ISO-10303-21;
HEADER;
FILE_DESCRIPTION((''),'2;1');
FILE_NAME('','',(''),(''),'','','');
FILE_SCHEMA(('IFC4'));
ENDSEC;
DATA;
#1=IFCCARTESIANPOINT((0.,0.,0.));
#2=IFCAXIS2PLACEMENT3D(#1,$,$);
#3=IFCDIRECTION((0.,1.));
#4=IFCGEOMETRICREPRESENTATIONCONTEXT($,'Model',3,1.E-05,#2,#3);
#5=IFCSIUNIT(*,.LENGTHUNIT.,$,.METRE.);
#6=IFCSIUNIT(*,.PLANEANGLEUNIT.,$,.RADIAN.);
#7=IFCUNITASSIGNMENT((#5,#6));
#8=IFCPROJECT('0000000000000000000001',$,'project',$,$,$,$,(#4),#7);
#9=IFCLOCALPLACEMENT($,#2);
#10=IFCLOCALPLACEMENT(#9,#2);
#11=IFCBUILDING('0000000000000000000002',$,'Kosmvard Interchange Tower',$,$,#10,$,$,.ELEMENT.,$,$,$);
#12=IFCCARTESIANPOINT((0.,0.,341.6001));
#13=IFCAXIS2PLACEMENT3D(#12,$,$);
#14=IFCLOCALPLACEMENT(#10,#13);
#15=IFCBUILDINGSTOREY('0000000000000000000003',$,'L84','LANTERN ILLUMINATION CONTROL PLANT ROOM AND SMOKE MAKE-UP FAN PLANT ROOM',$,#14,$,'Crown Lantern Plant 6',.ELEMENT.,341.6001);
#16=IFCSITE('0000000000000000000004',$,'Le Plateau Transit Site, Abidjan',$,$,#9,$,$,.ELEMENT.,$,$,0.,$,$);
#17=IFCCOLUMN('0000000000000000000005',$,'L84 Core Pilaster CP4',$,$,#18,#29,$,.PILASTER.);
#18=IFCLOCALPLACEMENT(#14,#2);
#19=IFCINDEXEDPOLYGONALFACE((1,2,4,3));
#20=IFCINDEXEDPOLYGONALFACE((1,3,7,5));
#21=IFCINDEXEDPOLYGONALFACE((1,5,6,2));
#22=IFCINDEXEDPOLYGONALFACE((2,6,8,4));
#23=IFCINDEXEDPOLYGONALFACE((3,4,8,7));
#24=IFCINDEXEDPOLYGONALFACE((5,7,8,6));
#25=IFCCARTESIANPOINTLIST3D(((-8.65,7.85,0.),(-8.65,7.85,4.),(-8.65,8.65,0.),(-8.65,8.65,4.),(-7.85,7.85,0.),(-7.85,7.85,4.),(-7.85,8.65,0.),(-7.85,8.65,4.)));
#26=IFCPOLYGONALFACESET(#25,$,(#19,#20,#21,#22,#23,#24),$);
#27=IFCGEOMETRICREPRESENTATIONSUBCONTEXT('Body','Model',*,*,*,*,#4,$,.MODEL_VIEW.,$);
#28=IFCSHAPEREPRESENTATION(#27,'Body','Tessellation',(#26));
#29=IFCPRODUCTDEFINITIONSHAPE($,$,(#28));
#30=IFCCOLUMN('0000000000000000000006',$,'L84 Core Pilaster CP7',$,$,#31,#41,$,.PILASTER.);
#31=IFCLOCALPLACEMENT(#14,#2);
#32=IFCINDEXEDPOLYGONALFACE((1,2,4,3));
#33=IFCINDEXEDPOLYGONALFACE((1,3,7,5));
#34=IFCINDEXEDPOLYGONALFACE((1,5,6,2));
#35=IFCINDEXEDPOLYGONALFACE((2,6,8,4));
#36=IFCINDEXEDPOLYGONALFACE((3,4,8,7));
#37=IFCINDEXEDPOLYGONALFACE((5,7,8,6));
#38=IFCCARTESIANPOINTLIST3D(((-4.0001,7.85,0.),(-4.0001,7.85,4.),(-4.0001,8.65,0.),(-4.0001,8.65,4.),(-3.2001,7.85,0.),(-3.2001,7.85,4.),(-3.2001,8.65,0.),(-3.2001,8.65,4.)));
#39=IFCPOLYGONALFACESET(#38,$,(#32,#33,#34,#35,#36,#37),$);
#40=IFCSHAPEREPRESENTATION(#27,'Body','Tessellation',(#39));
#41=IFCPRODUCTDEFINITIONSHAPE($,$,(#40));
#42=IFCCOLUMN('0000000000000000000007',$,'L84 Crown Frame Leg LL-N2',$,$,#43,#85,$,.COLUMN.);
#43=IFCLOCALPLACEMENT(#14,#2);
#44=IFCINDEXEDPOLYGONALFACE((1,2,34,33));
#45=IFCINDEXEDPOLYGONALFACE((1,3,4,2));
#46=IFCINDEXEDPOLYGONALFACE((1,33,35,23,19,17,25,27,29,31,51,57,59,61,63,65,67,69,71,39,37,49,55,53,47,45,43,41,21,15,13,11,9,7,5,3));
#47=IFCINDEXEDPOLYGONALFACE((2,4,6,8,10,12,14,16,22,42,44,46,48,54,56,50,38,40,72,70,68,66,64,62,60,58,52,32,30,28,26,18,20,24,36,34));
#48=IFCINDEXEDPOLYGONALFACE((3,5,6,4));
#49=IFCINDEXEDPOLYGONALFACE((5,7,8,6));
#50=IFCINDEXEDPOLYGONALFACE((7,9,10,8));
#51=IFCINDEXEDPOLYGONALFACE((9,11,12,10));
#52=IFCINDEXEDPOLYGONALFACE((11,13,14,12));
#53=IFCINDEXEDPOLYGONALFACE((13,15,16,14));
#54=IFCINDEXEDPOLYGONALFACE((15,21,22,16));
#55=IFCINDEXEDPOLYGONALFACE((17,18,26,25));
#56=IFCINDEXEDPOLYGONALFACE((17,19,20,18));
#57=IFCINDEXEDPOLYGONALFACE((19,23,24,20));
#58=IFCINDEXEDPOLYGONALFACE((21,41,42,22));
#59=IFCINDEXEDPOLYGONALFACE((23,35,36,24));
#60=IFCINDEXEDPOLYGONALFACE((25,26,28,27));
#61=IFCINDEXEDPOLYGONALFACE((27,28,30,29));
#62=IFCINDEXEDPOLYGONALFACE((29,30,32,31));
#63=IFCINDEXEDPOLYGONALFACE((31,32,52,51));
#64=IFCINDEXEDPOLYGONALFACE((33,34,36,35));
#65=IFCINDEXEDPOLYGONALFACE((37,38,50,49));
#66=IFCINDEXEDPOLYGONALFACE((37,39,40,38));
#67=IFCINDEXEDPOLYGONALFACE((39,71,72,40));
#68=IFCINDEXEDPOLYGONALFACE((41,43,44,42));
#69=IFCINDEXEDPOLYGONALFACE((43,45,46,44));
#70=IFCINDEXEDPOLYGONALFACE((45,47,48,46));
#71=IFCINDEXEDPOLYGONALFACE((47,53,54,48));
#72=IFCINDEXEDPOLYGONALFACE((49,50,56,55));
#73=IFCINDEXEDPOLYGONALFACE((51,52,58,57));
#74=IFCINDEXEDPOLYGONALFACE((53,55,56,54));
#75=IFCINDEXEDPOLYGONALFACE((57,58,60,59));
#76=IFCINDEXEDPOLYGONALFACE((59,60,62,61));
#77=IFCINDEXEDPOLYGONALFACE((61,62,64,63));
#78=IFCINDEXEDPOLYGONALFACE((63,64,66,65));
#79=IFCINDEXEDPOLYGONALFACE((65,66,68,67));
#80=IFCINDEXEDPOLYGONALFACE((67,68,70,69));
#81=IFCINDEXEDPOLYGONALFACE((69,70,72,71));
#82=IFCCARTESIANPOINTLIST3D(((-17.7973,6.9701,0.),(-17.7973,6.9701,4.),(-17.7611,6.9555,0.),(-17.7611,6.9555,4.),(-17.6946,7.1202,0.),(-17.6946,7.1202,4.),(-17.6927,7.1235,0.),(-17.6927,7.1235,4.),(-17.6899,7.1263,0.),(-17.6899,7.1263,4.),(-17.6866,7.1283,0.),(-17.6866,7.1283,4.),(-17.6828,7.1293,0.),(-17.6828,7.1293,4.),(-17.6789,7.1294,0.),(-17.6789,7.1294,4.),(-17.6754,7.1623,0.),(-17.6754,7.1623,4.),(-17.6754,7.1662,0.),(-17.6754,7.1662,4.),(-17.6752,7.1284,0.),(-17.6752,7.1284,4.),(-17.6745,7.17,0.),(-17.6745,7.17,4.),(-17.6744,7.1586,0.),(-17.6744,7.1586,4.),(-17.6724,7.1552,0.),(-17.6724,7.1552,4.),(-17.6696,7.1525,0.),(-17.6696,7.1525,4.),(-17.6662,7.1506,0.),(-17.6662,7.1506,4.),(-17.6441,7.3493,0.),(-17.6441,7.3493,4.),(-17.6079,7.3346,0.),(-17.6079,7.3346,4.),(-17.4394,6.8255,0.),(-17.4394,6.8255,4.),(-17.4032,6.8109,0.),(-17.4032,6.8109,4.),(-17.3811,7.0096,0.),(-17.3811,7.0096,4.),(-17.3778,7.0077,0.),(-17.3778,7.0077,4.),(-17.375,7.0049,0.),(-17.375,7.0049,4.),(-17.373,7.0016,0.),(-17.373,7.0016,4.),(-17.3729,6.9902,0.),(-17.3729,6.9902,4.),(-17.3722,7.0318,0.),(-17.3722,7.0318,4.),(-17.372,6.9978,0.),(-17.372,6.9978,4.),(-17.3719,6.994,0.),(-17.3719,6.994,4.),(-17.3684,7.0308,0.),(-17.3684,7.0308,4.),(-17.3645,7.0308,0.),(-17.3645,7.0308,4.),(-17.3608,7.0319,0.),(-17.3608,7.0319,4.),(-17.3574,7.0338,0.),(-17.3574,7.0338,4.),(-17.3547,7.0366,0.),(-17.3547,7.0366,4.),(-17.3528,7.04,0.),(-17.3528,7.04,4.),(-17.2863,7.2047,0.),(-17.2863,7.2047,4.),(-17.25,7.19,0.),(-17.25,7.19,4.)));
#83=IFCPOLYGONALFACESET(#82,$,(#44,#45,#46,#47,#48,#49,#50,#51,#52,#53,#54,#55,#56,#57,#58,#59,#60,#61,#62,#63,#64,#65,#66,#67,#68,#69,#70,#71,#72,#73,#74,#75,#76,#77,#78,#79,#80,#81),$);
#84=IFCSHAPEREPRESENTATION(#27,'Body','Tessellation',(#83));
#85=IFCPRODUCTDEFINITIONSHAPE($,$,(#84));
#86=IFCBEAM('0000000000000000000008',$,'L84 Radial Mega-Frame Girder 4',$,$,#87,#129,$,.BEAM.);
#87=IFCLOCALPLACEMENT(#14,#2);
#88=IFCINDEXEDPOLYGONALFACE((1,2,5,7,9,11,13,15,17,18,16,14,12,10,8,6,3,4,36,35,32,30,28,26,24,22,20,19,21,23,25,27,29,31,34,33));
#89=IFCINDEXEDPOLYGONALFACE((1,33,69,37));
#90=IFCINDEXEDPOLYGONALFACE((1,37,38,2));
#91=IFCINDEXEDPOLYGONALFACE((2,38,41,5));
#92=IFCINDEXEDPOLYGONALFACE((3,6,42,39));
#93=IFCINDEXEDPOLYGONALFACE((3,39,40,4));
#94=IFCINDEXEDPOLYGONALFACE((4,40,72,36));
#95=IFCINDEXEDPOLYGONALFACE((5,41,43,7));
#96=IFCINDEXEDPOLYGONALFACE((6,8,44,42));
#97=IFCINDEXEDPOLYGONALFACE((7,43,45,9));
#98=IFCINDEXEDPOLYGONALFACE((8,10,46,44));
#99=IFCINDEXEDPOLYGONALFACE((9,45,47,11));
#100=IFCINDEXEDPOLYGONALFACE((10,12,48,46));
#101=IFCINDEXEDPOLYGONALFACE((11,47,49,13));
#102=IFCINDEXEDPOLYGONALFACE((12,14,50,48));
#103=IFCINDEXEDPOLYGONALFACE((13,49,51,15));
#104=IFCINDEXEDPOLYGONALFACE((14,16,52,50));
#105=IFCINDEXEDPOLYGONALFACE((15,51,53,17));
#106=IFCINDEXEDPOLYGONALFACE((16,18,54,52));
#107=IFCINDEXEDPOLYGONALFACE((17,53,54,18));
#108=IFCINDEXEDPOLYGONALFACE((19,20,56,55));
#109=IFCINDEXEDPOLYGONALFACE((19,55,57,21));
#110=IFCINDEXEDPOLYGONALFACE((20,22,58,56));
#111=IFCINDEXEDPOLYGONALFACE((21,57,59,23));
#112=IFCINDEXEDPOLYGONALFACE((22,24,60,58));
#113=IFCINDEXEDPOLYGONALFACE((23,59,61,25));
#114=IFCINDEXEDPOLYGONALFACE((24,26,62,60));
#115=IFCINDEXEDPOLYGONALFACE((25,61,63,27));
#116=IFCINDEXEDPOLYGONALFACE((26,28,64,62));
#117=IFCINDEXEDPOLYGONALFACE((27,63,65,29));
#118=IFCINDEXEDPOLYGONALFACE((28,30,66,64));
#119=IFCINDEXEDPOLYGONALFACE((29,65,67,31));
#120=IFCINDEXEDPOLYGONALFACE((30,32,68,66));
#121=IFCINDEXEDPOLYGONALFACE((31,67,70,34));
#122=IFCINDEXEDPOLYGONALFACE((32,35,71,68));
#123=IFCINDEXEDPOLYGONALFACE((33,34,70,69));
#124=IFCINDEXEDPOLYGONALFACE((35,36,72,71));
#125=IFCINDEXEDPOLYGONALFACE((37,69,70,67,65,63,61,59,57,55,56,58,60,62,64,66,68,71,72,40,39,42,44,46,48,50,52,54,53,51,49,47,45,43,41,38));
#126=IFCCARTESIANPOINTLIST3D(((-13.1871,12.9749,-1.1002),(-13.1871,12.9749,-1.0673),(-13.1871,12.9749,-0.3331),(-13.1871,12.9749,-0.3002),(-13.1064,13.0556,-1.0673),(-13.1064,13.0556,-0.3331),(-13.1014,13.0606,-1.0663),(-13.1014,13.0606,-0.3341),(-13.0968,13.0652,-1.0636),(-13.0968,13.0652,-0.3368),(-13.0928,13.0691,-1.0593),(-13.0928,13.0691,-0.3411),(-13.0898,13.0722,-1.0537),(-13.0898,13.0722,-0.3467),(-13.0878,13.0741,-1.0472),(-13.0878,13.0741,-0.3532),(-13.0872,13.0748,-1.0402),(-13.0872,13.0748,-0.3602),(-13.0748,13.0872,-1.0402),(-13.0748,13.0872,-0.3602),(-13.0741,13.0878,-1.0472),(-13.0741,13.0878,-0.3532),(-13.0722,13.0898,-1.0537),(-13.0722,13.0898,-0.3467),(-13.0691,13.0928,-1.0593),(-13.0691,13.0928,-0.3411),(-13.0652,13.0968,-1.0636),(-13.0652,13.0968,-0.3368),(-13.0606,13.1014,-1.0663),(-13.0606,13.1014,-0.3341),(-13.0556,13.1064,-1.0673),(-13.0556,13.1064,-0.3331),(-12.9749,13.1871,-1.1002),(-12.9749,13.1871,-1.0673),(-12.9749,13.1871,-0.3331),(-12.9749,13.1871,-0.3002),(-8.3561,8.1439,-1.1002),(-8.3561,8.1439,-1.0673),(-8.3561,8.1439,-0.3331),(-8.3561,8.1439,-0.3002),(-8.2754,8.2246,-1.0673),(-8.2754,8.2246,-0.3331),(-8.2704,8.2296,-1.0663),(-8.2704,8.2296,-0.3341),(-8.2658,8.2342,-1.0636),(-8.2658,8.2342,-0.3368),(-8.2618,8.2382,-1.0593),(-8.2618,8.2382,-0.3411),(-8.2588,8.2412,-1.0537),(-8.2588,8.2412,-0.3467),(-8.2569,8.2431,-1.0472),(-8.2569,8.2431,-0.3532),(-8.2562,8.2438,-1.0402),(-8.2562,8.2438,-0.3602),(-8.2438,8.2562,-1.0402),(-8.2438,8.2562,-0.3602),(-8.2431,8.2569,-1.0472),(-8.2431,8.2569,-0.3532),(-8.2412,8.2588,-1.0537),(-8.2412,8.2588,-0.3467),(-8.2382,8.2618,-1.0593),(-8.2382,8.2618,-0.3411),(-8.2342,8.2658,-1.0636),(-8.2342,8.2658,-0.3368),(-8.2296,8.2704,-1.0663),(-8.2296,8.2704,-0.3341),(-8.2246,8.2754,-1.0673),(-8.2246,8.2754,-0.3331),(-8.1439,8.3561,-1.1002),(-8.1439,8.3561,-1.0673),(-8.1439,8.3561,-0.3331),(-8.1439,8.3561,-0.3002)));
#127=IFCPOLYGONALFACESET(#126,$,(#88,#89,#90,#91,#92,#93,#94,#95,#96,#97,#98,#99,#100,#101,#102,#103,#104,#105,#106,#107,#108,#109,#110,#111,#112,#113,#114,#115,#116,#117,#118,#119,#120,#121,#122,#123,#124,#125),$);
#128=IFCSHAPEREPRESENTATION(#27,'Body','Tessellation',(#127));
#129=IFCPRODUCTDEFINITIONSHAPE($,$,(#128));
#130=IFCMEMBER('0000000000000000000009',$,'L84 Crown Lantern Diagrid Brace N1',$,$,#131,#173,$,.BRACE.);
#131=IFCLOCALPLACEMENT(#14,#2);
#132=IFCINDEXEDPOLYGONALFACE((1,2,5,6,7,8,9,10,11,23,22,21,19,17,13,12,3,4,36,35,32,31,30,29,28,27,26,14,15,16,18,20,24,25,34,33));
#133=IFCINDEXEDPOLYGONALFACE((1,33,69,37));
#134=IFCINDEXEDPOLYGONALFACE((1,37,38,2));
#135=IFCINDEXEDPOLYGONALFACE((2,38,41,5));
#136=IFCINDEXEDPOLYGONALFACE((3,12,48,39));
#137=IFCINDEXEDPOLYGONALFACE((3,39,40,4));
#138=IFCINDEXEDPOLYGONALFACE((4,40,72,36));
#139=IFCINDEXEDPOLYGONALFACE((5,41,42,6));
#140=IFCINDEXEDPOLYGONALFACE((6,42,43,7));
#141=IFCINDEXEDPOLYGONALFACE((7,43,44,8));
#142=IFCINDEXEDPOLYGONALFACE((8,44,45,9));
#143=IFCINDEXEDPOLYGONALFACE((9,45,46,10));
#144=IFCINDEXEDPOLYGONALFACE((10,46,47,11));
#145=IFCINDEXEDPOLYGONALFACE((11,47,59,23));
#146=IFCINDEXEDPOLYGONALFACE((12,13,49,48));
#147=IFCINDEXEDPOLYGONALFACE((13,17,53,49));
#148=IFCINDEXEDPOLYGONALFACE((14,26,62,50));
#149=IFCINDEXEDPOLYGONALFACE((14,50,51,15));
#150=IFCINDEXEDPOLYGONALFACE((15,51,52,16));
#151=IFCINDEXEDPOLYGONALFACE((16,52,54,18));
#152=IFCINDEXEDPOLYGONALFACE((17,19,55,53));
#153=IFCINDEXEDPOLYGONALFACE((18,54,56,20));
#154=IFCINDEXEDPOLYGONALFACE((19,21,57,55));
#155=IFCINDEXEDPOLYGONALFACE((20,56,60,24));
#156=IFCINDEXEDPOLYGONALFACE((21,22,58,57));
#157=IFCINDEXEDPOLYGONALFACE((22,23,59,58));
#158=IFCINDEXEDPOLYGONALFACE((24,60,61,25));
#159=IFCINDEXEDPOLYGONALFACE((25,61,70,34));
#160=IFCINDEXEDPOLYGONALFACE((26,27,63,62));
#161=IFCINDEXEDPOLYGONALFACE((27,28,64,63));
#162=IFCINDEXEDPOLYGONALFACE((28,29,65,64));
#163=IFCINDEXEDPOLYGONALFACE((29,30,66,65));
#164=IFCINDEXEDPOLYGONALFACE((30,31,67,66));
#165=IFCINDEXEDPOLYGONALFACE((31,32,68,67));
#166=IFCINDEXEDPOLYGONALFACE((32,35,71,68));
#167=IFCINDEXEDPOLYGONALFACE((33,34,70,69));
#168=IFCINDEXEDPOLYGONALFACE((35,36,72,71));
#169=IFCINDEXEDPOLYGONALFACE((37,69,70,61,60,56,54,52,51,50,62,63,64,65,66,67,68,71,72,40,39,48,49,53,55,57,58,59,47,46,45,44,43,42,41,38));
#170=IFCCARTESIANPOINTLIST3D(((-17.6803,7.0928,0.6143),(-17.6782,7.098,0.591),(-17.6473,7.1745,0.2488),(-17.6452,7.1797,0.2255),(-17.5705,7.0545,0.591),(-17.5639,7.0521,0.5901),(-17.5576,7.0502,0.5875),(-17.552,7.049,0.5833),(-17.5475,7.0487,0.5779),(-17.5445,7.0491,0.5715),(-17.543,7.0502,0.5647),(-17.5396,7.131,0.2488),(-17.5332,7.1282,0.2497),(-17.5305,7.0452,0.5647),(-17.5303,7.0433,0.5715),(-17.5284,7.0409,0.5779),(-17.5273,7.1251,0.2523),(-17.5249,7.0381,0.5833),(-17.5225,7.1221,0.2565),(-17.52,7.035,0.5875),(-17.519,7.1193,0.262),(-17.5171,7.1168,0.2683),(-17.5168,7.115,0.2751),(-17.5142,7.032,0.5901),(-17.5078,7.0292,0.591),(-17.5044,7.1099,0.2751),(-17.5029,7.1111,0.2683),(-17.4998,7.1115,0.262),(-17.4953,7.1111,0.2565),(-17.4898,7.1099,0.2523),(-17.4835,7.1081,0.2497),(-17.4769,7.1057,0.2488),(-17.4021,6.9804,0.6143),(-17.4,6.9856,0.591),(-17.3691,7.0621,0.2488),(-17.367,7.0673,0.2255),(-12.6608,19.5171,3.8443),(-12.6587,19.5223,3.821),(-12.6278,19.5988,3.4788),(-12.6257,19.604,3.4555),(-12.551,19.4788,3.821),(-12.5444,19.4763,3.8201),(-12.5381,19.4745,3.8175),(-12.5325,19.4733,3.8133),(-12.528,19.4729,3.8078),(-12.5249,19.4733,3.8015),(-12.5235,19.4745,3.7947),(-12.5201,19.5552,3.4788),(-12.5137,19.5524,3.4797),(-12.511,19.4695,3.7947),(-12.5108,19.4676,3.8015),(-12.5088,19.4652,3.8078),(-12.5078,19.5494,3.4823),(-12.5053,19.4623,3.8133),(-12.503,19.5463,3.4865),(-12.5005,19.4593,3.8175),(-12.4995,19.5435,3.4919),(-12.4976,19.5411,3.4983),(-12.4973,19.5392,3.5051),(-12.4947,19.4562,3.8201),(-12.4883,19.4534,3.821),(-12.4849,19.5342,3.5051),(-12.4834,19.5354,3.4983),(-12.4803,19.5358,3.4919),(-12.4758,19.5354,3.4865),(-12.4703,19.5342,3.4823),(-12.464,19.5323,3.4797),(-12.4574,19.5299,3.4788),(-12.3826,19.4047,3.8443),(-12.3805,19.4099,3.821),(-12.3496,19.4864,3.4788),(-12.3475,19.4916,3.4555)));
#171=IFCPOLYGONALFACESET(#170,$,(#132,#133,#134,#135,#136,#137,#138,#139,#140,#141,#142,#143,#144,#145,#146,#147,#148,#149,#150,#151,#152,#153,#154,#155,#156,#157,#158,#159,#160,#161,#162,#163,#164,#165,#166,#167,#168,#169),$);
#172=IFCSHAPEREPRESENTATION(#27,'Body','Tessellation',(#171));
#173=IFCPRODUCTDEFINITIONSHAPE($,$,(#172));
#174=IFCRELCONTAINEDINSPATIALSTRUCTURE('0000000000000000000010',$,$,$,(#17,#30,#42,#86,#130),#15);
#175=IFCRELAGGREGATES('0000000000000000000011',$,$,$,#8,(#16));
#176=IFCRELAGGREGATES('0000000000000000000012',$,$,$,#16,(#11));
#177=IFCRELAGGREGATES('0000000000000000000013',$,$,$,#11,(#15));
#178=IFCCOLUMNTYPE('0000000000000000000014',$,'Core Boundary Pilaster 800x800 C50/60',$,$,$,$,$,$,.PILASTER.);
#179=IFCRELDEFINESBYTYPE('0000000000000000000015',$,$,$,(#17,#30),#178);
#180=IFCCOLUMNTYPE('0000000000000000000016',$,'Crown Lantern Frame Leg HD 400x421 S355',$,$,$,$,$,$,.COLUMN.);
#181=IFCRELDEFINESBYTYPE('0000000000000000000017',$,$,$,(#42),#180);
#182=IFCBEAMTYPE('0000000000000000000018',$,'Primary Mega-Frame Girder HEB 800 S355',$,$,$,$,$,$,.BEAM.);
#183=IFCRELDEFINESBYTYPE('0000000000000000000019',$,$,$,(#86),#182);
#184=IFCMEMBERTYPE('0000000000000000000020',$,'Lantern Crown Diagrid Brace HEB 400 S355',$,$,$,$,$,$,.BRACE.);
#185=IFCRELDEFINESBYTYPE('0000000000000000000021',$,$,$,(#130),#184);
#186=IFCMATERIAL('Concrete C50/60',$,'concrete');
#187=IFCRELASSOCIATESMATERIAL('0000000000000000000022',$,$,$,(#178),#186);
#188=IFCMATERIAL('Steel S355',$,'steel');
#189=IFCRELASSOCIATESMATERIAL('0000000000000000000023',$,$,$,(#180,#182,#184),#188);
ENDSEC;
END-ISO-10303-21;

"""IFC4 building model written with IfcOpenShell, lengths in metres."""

from ifc_helpers import new_model, si_unit, direction, frame, origin, origin_2d, place, context, subcontext, project, spatial, rectangle, i_section, extrude, source, transform, mapped, material, material_profile, profile_set, type_object, element, save


model = new_model("IFC4")

# Units and contexts
model_context = context("Model", 3, precision=1e-05, world=origin(), true_north=direction((0.0, 1.0)))
body_context = subcontext(model_context, "Body", "Model", "MODEL_VIEW")
ifc_project = project(units=[si_unit("LENGTHUNIT", "METRE"), si_unit("PLANEANGLEUNIT", "RADIAN")], contexts=[model_context])

# Site, building, storey
site_placement = place(None, origin())
site = spatial("IfcSite", under=ifc_project, at=site_placement, Name="Le Plateau Transit Site, Abidjan", CompositionType="ELEMENT", RefElevation=0.0)
building_placement = place(site_placement, origin())
building = spatial("IfcBuilding", under=site, at=building_placement, Name="Kosmvard Interchange Tower", CompositionType="ELEMENT")
storey_placement = place(building_placement, frame((0.0, 0.0, 341.6001)))
storey = spatial("IfcBuildingStorey", under=building, at=storey_placement, Name="L84", Description="LANTERN ILLUMINATION CONTROL PLANT ROOM AND SMOKE MAKE-UP FAN PLANT ROOM", LongName="Crown Lantern Plant 6", CompositionType="ELEMENT", Elevation=341.6001)

# Columns
ifc_material_1 = material(Name="Concrete C50/60", Category="concrete")
ifc_material_profile_1 = material_profile(ifc_material_1, rectangle(XDim=0.8, YDim=0.8, at=origin_2d()), Name="CP 800x800")
ifc_profile_set_1 = profile_set([ifc_material_profile_1], Name="Concrete C50/60")
column_type_1 = type_object("IfcColumnType", Name="Core Boundary Pilaster 800x800 C50/60", PredefinedType="PILASTER", material=ifc_profile_set_1)
shared_shape_1 = source(origin(), body_context, "Body", "SweptSolid", [
    extrude(rectangle(XDim=0.8, YDim=0.8, at=origin_2d()), origin(), (0.0, 0.0, 1.0), 4.0),
])
for number, where, z_axis, x_axis, name in (
    (1, (-8.25, 8.25, 0.0), (0.0, 0.0, 1.0), (1.0, 0.0, 0.0), "L84 Core Pilaster CP4"),
    (2, (-3.6001, 8.25, 0.0), (0.0, 0.0, 1.0), (1.0, 0.0, 0.0), "L84 Core Pilaster CP7"),
):
    element("IfcColumn", number, at=place(storey_placement, frame(where, z_axis=z_axis, x_axis=x_axis)), inside=storey, type_object=column_type_1, Name=name, PredefinedType="PILASTER", context=body_context, shape_type="MappedRepresentation", body=[
        mapped(shared_shape_1, transform((0.0, 0.0, 0.0), scale=1.0)),
    ])
ifc_material_2 = material(Name="Steel S355", Category="steel")
ifc_material_profile_2 = material_profile(ifc_material_2, i_section(OverallWidth=0.4089, OverallDepth=0.425, WebThickness=0.0239, FlangeThickness=0.0391, FilletRadius=0.0149, at=origin_2d()), Name="HD 400x421")
ifc_profile_set_2 = profile_set([ifc_material_profile_2], Name="Steel S355")
column_type_2 = type_object("IfcColumnType", Name="Crown Lantern Frame Leg HD 400x421 S355", PredefinedType="COLUMN", material=ifc_profile_set_2)
shared_shape_2 = source(origin(), body_context, "Body", "SweptSolid", [
    extrude(i_section(OverallWidth=0.4089, OverallDepth=0.425, WebThickness=0.0239, FlangeThickness=0.0391, FilletRadius=0.0149, at=origin_2d()), origin(), (0.0, 0.0, 1.0), 4.0),
])
column_placement = place(storey_placement, frame((-17.5237, 7.0801, 0.0), z_axis=(0.0, 0.0, 1.0), x_axis=(0.374607, 0.927184, 0.0)))
element("IfcColumn", 3, at=column_placement, inside=storey, type_object=column_type_2, Name="L84 Crown Frame Leg LL-N2", PredefinedType="COLUMN", context=body_context, shape_type="MappedRepresentation", body=[
    mapped(shared_shape_2, transform((0.0, 0.0, 0.0), scale=1.0)),
])

# Beam
ifc_material_profile_3 = material_profile(ifc_material_2, i_section(OverallWidth=0.3, OverallDepth=0.8, WebThickness=0.0176, FlangeThickness=0.033, FilletRadius=0.0271, at=origin_2d()), Name="HEB 800")
ifc_profile_set_3 = profile_set([ifc_material_profile_3], Name="Steel S355")
beam_type_1 = type_object("IfcBeamType", Name="Primary Mega-Frame Girder HEB 800 S355", PredefinedType="BEAM", material=ifc_profile_set_3)
shared_shape_3 = source(origin(), body_context, "Body", "SweptSolid", [
    extrude(i_section(OverallWidth=0.3, OverallDepth=0.8, WebThickness=0.0176, FlangeThickness=0.033, FilletRadius=0.0271, at=origin_2d()), origin(), (0.0, 0.0, 1.0), 6.832),
])
beam_1_placement = place(storey_placement, frame((-8.25, 8.25, -0.7002), z_axis=(-0.707107, 0.707107, 0.0), x_axis=(-0.707107, -0.707107, 0.0)))
element("IfcBeam", 4, at=beam_1_placement, inside=storey, type_object=beam_type_1, Name="L84 Radial Mega-Frame Girder 4", PredefinedType="BEAM", context=body_context, shape_type="MappedRepresentation", body=[
    mapped(shared_shape_3, transform((0.0, 0.0, 0.0), scale=1.0)),
])

# Member
ifc_material_profile_4 = material_profile(ifc_material_2, i_section(OverallWidth=0.3, OverallDepth=0.3999, WebThickness=0.0134, FlangeThickness=0.0239, FilletRadius=0.0271, at=origin_2d()), Name="HEB 400")
ifc_profile_set_4 = profile_set([ifc_material_profile_4], Name="Steel S355")
member_type_1 = type_object("IfcMemberType", Name="Lantern Crown Diagrid Brace HEB 400 S355", PredefinedType="BRACE", material=ifc_profile_set_4)
shared_shape_4 = source(origin(), body_context, "Body", "SweptSolid", [
    extrude(i_section(OverallWidth=0.3, OverallDepth=0.3999, WebThickness=0.0134, FlangeThickness=0.0239, FilletRadius=0.0271, at=origin_2d()), origin(), (0.0, 0.0, 1.0), 13.7837),
])
member_1_placement = place(storey_placement, frame((-17.5237, 7.0801, 0.4199), z_axis=(0.364163, 0.901373, 0.234332), x_axis=(-0.92719, 0.374593, 0.0)))
element("IfcMember", 5, at=member_1_placement, inside=storey, type_object=member_type_1, Name="L84 Crown Lantern Diagrid Brace N1", PredefinedType="BRACE", context=body_context, shape_type="MappedRepresentation", body=[
    mapped(shared_shape_4, transform((0.0, 0.0, 0.0), scale=1.0)),
])

save(model, "model.ifc")
